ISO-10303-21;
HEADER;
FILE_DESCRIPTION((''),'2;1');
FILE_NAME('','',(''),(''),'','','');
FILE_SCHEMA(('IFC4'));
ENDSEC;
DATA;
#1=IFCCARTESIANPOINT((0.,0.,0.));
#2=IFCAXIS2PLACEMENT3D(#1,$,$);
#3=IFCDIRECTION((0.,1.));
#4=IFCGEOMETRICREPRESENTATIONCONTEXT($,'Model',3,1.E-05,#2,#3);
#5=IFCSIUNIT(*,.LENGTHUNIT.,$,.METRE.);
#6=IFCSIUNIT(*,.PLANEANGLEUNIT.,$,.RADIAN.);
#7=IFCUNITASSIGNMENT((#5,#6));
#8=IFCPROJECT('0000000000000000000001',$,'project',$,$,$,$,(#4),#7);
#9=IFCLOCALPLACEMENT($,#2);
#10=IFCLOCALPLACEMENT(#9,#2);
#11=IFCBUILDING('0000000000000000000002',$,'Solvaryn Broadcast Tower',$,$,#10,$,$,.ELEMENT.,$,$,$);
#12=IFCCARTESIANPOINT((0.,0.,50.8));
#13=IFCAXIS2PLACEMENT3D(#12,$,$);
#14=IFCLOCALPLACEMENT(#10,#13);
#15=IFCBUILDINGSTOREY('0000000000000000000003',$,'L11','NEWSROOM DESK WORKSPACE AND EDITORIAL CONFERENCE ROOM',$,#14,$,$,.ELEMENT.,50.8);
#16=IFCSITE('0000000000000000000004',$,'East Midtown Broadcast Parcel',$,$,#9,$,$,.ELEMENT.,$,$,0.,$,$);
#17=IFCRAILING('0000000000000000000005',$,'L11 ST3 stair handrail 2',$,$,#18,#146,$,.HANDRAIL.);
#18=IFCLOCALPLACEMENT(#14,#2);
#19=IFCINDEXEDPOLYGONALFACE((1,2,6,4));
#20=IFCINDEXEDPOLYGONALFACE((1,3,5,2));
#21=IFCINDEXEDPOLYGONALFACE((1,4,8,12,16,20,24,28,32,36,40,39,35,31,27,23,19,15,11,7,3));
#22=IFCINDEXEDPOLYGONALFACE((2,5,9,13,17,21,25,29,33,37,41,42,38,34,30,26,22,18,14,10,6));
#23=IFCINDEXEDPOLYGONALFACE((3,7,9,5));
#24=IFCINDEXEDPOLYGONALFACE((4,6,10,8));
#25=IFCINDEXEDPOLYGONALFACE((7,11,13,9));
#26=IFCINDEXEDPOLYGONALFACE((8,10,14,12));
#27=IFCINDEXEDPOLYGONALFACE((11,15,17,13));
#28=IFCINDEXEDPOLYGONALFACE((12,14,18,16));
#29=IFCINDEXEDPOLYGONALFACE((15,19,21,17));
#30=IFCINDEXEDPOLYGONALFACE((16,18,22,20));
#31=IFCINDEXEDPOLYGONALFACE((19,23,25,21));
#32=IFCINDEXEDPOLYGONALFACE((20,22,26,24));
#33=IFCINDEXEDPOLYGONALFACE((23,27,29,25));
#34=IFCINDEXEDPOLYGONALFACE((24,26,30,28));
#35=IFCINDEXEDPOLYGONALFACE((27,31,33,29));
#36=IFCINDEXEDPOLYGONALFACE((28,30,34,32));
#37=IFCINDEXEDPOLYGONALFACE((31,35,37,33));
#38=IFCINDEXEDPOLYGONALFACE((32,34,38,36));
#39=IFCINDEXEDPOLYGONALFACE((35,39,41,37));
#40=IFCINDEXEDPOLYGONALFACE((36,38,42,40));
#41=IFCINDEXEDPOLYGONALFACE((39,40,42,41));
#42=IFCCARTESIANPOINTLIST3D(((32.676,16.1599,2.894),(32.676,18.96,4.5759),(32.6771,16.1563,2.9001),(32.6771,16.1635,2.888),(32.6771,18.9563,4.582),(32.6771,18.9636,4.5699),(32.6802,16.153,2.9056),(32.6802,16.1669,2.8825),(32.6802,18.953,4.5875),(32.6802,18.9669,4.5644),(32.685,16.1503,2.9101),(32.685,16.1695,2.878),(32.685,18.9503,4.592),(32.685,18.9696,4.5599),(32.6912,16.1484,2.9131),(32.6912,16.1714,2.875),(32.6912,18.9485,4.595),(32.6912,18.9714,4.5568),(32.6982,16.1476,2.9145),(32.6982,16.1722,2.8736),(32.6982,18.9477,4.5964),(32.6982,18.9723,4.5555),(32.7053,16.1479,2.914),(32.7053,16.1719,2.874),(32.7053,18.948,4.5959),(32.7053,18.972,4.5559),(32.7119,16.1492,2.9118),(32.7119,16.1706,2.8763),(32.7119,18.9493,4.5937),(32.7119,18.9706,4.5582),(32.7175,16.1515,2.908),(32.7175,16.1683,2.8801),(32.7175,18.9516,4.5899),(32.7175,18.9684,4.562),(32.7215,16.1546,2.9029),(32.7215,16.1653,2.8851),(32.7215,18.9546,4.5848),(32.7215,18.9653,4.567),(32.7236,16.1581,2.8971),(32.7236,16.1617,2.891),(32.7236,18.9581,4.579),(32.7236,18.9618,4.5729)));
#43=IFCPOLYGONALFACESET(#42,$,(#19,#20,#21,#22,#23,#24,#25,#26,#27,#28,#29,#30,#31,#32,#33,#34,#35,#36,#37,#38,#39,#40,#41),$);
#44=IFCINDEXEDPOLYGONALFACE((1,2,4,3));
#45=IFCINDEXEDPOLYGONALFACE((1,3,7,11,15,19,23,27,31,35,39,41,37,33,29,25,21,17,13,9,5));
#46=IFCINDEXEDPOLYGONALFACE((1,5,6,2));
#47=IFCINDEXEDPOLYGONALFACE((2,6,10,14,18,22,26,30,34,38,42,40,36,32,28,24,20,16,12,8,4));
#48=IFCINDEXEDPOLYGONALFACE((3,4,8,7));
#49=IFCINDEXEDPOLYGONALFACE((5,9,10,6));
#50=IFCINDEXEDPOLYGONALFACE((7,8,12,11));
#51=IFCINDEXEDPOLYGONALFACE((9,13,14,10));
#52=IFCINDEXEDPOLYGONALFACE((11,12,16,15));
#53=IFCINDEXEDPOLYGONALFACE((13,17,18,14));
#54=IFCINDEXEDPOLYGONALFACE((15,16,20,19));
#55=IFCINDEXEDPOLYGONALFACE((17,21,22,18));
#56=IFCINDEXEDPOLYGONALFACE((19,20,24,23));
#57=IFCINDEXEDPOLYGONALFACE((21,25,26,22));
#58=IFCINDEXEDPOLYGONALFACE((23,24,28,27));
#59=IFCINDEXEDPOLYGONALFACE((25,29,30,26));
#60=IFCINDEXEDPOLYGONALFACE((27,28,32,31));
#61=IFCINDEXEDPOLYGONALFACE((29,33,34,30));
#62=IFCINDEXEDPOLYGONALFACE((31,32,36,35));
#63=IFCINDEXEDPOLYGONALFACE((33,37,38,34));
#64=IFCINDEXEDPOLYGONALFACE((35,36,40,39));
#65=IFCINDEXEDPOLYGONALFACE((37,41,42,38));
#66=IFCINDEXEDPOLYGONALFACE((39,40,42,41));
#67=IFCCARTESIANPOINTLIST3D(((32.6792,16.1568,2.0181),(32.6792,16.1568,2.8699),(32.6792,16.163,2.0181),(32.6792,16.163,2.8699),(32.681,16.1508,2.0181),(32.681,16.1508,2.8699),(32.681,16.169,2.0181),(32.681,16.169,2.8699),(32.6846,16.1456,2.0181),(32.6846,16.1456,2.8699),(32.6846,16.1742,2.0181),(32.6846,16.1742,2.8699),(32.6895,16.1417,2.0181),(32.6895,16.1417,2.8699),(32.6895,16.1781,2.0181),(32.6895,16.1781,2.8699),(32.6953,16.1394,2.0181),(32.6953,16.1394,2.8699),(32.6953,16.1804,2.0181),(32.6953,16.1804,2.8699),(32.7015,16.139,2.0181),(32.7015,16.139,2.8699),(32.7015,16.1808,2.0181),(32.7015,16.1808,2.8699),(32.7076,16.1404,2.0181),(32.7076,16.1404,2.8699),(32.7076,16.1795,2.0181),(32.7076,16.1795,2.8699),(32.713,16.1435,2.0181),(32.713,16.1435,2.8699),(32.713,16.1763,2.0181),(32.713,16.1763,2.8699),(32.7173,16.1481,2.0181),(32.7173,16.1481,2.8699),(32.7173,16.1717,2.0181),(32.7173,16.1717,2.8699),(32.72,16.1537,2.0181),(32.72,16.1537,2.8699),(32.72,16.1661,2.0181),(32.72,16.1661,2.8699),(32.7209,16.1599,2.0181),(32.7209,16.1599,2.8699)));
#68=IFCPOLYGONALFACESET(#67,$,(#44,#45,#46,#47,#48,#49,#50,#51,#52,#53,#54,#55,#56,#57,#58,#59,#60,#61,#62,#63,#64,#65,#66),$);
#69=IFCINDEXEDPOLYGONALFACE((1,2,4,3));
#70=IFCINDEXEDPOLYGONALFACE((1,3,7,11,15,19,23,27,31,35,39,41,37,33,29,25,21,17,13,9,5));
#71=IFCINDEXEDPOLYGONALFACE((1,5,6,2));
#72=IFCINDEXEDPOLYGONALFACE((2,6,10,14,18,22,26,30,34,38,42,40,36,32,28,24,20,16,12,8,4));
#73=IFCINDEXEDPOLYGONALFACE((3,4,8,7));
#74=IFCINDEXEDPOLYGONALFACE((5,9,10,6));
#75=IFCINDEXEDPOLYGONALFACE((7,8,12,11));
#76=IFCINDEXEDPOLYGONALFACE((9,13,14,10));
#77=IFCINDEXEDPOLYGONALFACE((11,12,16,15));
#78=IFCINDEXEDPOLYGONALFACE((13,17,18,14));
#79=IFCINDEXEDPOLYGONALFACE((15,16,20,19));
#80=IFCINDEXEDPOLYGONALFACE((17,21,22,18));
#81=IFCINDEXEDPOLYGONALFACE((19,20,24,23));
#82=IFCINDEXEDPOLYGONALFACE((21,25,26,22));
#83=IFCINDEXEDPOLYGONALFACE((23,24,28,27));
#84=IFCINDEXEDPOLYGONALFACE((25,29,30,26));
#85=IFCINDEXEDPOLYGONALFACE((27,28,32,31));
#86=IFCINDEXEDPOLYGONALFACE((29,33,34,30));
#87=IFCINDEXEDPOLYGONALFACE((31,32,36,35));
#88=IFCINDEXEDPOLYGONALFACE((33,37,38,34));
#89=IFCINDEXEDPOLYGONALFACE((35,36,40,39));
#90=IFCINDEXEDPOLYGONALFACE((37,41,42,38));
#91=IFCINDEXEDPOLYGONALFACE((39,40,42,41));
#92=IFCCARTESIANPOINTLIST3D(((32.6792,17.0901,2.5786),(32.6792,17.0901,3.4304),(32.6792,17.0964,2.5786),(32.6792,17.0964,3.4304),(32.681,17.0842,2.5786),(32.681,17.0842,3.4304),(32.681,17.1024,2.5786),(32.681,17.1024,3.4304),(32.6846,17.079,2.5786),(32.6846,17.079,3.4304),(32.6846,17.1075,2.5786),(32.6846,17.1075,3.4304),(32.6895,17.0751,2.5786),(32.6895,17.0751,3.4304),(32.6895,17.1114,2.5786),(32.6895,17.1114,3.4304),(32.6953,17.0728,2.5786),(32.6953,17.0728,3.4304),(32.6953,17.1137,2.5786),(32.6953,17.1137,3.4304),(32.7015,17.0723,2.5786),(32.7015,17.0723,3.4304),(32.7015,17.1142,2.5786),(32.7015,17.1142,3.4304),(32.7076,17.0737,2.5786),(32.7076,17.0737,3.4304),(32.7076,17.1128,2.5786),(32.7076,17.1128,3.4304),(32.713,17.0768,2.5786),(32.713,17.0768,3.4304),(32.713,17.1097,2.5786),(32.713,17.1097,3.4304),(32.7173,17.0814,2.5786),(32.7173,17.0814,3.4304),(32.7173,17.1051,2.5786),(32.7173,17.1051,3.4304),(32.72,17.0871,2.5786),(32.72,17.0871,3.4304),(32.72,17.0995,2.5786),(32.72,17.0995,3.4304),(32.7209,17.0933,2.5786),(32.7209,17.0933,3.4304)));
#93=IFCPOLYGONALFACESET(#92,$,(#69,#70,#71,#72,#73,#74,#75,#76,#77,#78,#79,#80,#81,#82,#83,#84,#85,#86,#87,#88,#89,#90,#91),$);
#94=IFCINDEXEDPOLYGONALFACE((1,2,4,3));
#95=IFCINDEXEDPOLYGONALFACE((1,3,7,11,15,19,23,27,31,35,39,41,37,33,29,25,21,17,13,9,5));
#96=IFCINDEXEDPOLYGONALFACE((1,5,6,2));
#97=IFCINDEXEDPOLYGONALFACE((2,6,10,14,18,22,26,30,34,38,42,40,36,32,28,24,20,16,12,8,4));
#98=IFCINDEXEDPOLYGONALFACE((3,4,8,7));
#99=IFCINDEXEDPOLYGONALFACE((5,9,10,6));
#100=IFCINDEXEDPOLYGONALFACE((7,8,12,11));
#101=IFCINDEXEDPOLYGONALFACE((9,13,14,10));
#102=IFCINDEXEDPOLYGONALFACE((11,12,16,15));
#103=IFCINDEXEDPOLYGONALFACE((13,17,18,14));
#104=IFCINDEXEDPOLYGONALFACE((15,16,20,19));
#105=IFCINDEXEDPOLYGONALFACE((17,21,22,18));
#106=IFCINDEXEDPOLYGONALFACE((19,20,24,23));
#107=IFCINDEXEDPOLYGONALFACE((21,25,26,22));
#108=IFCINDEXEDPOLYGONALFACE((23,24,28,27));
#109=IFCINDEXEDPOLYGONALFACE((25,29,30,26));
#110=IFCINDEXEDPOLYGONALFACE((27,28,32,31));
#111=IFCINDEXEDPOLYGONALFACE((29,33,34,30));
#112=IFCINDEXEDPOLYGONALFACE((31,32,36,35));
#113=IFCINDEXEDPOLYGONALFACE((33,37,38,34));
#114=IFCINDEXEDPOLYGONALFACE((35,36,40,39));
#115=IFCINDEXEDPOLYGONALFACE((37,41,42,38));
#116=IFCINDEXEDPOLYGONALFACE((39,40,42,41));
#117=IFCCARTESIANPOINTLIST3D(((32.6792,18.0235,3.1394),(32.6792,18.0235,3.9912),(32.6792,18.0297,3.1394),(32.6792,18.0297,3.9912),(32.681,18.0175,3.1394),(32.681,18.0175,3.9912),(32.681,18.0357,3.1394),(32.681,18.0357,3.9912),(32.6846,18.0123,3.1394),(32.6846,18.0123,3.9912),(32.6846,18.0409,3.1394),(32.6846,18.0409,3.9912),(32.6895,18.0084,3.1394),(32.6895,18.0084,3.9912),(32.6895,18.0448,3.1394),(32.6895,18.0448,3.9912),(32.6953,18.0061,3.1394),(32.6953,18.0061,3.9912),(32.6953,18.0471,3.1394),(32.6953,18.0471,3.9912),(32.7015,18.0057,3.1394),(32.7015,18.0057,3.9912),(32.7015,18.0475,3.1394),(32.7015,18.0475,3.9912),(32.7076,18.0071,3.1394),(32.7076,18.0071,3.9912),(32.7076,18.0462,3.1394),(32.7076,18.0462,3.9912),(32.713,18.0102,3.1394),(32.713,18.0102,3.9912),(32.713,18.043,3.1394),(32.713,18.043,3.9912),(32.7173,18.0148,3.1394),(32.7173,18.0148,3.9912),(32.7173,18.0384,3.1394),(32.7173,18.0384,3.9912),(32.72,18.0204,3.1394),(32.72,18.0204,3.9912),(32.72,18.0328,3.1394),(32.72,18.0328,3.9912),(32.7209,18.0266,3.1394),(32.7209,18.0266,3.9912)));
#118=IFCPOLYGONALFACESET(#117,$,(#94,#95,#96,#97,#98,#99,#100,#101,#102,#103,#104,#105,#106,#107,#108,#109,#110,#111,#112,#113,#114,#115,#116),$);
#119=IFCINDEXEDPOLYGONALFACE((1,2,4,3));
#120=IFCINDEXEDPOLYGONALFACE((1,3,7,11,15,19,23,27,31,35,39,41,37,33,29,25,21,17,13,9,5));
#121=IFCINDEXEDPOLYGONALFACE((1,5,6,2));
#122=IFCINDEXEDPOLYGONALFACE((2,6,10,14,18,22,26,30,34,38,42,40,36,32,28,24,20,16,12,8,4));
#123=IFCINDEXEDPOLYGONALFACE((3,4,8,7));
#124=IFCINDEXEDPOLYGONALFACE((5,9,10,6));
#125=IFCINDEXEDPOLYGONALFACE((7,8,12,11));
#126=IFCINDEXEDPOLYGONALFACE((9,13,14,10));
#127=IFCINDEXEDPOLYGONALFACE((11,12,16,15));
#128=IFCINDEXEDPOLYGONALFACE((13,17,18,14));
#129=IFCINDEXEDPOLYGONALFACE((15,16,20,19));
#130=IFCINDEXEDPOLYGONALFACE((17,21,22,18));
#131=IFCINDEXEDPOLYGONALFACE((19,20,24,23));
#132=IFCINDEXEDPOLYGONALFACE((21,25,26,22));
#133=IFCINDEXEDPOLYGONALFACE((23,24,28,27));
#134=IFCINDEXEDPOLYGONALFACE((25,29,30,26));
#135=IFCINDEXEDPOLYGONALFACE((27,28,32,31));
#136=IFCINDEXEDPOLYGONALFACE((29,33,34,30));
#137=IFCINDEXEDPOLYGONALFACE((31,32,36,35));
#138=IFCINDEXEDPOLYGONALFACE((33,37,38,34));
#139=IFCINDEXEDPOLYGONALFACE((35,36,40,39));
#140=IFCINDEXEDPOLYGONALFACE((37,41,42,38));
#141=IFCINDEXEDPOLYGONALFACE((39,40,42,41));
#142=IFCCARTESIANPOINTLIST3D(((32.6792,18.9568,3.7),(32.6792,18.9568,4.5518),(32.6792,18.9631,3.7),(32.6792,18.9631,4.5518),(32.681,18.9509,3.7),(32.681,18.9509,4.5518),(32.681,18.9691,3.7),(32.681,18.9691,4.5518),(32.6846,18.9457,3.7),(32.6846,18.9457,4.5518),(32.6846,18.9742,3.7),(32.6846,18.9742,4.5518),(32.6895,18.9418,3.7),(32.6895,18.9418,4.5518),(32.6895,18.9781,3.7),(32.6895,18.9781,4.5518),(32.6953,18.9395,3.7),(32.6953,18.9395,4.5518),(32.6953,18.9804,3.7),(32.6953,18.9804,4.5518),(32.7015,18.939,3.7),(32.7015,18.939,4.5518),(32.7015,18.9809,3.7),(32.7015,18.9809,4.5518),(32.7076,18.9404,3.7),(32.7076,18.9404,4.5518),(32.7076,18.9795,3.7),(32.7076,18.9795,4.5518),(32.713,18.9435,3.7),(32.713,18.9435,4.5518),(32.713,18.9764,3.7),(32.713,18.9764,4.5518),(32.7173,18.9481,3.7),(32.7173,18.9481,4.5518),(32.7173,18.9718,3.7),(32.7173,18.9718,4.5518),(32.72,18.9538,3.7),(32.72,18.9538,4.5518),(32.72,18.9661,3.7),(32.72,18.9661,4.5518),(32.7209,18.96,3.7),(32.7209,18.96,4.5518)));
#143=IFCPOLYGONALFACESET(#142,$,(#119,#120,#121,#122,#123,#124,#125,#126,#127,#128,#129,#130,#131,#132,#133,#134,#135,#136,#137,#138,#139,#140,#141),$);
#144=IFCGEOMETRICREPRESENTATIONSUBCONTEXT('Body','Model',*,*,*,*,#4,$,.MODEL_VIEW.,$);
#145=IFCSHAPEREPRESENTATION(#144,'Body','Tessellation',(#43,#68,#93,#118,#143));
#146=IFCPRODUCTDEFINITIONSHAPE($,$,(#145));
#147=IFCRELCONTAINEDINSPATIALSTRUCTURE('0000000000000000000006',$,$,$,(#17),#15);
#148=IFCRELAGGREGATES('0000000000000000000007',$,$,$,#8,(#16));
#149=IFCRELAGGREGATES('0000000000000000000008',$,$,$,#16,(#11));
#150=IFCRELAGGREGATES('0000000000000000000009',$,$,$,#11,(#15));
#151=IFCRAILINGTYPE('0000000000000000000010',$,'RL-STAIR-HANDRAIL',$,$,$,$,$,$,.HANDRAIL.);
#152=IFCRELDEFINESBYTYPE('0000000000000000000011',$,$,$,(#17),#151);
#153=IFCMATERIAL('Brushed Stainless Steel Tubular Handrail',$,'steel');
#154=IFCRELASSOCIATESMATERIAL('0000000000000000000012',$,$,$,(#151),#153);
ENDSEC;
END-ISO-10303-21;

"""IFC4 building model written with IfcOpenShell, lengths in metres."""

from ifc_helpers import new_model, si_unit, direction, frame, origin, origin_2d, place, context, subcontext, project, spatial, circle, extrude, material, type_object, element, save


model = new_model("IFC4")

# Units and contexts
model_context = context("Model", 3, precision=1e-05, world=origin(), true_north=direction((0.0, 1.0)))
body_context = subcontext(model_context, "Body", "Model", "MODEL_VIEW")
ifc_project = project(units=[si_unit("LENGTHUNIT", "METRE"), si_unit("PLANEANGLEUNIT", "RADIAN")], contexts=[model_context])

# Site, building, storey
site_placement = place(None, origin())
site = spatial("IfcSite", under=ifc_project, at=site_placement, Name="East Midtown Broadcast Parcel", CompositionType="ELEMENT", RefElevation=0.0)
building_placement = place(site_placement, origin())
building = spatial("IfcBuilding", under=site, at=building_placement, Name="Solvaryn Broadcast Tower", CompositionType="ELEMENT")
storey_placement = place(building_placement, frame((0.0, 0.0, 50.8)))
storey = spatial("IfcBuildingStorey", under=building, at=storey_placement, Name="L11", Description="NEWSROOM DESK WORKSPACE AND EDITORIAL CONFERENCE ROOM", CompositionType="ELEMENT", Elevation=50.8)

# Railing
ifc_material_1 = material(Name="Brushed Stainless Steel Tubular Handrail", Category="steel")
railing_type_1 = type_object("IfcRailingType", Name="RL-STAIR-HANDRAIL", PredefinedType="HANDRAIL", material=ifc_material_1)
railing_1_placement = place(storey_placement, frame((32.7, 16.1599, 2.0181)))
element("IfcRailing", 1, at=railing_1_placement, inside=storey, type_object=railing_type_1, Name="L11 ST3 stair handrail 2", PredefinedType="HANDRAIL", context=body_context, shape_type="SweptSolid", body=[
    extrude(circle(Radius=0.0239, at=origin_2d()), frame((0.0, 0.0, 0.876), z_axis=(0.0, 0.857242, 0.514913), x_axis=(-1.0, 0.0, 0.0)), (0.0, 0.0, 1.0), 3.2664),
    extrude(circle(Radius=0.021, at=origin_2d()), origin(), (0.0, 0.0, 1.0), 0.8518),
    extrude(circle(Radius=0.021, at=origin_2d()), frame((0.0, 0.9333, 0.5605)), (0.0, 0.0, 1.0), 0.8518),
    extrude(circle(Radius=0.021, at=origin_2d()), frame((0.0, 1.8667, 1.1213)), (0.0, 0.0, 1.0), 0.8518),
    extrude(circle(Radius=0.021, at=origin_2d()), frame((0.0, 2.8, 1.6819)), (0.0, 0.0, 1.0), 0.8518),
])

save(model, "model.ifc")
